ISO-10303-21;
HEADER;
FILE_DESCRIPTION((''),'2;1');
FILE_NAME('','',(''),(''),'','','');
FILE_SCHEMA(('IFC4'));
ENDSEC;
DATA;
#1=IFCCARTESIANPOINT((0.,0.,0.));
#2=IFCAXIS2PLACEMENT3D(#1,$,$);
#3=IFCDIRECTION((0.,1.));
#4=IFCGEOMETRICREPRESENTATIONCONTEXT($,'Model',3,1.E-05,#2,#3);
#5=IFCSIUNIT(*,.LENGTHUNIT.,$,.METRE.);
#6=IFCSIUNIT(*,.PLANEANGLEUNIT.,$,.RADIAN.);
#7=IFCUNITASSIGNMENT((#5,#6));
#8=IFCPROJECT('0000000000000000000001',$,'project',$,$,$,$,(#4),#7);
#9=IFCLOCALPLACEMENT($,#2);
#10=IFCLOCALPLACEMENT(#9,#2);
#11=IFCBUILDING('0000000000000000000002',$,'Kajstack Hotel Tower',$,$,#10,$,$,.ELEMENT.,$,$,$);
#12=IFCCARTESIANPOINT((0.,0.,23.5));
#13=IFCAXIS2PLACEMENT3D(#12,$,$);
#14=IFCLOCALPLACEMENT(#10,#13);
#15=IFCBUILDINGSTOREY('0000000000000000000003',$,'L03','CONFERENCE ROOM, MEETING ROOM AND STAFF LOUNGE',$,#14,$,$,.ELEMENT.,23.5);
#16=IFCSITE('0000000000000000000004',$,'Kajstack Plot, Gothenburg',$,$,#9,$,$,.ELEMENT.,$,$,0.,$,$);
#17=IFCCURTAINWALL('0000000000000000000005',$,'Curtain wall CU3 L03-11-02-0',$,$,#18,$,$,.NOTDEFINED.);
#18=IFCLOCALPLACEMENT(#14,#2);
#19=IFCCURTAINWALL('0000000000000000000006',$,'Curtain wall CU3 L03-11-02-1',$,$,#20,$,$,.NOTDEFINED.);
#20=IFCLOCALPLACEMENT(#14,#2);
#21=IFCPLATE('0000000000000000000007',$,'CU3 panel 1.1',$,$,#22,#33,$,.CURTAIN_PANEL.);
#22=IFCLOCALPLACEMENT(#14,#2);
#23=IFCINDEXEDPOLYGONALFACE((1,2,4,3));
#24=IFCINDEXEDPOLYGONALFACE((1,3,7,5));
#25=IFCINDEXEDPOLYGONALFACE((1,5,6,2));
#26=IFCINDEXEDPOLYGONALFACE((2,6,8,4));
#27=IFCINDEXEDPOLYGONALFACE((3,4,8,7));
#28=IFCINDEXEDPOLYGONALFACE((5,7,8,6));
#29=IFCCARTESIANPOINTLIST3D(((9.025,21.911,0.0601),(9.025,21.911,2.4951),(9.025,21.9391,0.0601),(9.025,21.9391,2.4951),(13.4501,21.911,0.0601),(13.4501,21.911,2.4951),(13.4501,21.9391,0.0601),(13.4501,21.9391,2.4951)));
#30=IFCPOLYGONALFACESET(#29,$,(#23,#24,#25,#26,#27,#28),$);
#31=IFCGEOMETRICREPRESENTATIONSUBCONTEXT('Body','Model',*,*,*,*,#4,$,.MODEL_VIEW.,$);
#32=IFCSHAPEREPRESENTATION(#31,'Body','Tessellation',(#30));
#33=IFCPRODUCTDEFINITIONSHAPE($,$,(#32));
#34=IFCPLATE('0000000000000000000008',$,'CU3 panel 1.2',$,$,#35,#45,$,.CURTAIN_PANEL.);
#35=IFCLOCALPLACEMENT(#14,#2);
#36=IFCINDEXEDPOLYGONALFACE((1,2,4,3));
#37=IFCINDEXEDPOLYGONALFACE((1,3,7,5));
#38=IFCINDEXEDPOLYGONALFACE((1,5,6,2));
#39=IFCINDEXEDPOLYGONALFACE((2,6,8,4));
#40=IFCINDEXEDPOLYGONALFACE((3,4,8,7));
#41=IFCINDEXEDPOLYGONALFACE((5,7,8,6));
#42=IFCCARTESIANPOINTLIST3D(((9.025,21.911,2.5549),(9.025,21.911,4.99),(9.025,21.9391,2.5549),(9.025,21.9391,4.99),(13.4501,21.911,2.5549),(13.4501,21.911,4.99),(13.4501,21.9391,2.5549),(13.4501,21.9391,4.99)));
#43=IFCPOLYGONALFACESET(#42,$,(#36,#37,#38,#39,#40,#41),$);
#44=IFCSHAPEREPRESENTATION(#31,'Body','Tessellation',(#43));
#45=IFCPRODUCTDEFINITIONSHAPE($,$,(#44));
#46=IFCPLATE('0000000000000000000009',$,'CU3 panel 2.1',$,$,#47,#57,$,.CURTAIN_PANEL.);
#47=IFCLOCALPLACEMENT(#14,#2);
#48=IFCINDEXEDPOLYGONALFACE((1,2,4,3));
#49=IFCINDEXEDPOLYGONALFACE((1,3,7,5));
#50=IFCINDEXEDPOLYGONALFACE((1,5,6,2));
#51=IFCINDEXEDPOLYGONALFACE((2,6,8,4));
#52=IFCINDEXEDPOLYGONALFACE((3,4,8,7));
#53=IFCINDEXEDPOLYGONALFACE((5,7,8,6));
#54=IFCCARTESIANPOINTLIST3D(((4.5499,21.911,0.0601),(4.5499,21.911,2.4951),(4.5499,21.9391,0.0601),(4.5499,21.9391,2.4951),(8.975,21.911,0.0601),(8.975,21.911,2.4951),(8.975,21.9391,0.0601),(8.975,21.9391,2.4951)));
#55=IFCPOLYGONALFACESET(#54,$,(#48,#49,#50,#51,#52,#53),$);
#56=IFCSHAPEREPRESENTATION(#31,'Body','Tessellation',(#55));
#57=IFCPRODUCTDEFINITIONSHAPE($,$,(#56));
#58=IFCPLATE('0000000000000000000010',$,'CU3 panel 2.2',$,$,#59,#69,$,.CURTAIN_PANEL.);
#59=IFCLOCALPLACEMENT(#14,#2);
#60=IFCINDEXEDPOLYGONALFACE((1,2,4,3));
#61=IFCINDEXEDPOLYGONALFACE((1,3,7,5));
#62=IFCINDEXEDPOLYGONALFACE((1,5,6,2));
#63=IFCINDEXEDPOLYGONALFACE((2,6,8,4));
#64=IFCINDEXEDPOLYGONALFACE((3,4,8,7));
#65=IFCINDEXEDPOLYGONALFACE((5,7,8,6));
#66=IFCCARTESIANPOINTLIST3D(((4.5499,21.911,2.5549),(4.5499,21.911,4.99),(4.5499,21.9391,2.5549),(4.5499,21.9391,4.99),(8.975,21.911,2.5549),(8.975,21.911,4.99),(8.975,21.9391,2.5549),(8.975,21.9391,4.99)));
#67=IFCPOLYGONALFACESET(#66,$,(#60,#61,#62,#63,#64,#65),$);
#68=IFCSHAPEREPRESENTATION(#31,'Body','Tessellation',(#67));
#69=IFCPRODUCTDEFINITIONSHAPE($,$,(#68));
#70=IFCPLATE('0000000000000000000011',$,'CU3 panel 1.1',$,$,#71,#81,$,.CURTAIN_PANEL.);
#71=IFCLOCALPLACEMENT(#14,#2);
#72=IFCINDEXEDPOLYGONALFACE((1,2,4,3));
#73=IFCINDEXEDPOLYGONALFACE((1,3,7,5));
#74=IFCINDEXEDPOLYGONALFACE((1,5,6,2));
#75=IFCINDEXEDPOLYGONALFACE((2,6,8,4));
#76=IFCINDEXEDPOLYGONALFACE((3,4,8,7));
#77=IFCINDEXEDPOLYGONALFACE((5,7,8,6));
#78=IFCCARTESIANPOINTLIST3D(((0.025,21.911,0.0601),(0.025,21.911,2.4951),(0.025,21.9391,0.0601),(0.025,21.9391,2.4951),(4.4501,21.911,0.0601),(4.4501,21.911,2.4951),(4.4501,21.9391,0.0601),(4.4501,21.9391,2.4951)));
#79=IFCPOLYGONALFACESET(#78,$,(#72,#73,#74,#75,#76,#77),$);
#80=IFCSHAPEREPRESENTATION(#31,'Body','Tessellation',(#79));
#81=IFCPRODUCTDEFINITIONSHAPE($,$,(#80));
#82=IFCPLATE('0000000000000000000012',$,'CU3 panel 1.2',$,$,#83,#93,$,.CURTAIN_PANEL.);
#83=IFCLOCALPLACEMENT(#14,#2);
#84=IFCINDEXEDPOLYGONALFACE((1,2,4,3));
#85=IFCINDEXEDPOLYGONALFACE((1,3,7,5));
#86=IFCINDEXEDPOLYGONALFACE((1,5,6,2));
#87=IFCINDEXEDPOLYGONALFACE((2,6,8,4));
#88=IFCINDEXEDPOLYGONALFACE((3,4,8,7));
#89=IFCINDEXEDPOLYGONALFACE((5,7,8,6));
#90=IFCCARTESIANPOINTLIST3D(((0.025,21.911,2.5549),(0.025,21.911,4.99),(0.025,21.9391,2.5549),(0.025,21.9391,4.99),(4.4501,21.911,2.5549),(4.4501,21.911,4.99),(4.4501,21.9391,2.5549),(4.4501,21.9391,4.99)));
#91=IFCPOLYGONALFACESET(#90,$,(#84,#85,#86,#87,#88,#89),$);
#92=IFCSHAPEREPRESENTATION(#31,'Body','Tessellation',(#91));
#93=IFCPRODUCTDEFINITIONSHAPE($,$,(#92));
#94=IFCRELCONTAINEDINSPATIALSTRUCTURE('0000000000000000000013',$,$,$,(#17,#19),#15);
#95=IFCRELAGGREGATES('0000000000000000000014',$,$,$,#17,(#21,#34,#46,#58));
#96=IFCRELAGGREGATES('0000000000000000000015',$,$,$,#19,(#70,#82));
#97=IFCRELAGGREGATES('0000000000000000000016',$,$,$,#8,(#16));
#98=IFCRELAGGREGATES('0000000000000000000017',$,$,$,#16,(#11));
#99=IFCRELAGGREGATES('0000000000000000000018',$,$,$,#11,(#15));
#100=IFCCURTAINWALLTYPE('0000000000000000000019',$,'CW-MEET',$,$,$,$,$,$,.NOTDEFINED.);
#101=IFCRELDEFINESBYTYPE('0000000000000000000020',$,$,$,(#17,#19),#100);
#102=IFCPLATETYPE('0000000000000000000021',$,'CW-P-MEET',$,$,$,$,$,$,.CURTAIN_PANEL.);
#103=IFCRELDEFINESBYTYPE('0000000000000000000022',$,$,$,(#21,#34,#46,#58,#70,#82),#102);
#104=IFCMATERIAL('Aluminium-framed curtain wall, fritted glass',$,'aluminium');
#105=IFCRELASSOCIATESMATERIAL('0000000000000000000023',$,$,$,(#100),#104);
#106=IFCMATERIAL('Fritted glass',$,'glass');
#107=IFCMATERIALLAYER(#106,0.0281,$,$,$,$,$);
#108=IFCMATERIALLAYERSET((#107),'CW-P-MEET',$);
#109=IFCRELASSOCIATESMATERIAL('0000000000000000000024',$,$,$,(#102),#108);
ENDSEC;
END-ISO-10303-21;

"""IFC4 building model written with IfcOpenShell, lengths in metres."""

from ifc_helpers import new_model, si_unit, direction, frame, origin, origin_2d, place, context, subcontext, project, spatial, rectangle, extrude, material, layer, layer_set, type_object, element, aggregate, save


model = new_model("IFC4")

# Units and contexts
model_context = context("Model", 3, precision=1e-05, world=origin(), true_north=direction((0.0, 1.0)))
body_context = subcontext(model_context, "Body", "Model", "MODEL_VIEW")
ifc_project = project(units=[si_unit("LENGTHUNIT", "METRE"), si_unit("PLANEANGLEUNIT", "RADIAN")], contexts=[model_context])

# Site, building, storey
site_placement = place(None, origin())
site = spatial("IfcSite", under=ifc_project, at=site_placement, Name="Kajstack Plot, Gothenburg", CompositionType="ELEMENT", RefElevation=0.0)
building_placement = place(site_placement, origin())
building = spatial("IfcBuilding", under=site, at=building_placement, Name="Kajstack Hotel Tower", CompositionType="ELEMENT")
storey_placement = place(building_placement, frame((0.0, 0.0, 23.5)))
storey = spatial("IfcBuildingStorey", under=building, at=storey_placement, Name="L03", Description="CONFERENCE ROOM, MEETING ROOM AND STAFF LOUNGE", CompositionType="ELEMENT", Elevation=23.5)

# Curtain wall
ifc_material_1 = material(Name="Aluminium-framed curtain wall, fritted glass", Category="aluminium")
curtain_wall_type = type_object("IfcCurtainWallType", Name="CW-MEET", PredefinedType="NOTDEFINED", material=ifc_material_1)
curtain_wall_1_placement = place(storey_placement, origin())
curtain_wall_1 = element("IfcCurtainWall", 1, at=curtain_wall_1_placement, inside=storey, type_object=curtain_wall_type, Name="Curtain wall CU3 L03-11-02-0", PredefinedType="NOTDEFINED")

# Curtain wall
curtain_wall_2_placement = place(storey_placement, origin())
curtain_wall_2 = element("IfcCurtainWall", 2, at=curtain_wall_2_placement, inside=storey, type_object=curtain_wall_type, Name="Curtain wall CU3 L03-11-02-1", PredefinedType="NOTDEFINED")

# Plates
ifc_material_2 = material(Name="Fritted glass", Category="glass")
ifc_layer = layer(ifc_material_2, 0.0281)
ifc_layer_set = layer_set([ifc_layer], Name="CW-P-MEET")
plate_type = type_object("IfcPlateType", Name="CW-P-MEET", PredefinedType="CURTAIN_PANEL", material=ifc_layer_set)
plate_1_placement = place(storey_placement, frame((11.2375, 21.925, 0.0601), z_axis=(0.0, 0.0, 1.0), x_axis=(-1.0, 0.0, 0.0)))
plate_1 = element("IfcPlate", 3, at=plate_1_placement, type_object=plate_type, Name="CU3 panel 1.1", PredefinedType="CURTAIN_PANEL", context=body_context, shape_type="SweptSolid", body=[
    extrude(rectangle(XDim=4.425, YDim=0.0281, at=origin_2d()), origin(), (0.0, 0.0, 1.0), 2.4351),
])
plate_2_placement = place(storey_placement, frame((11.2375, 21.925, 2.5549), z_axis=(0.0, 0.0, 1.0), x_axis=(-1.0, 0.0, 0.0)))
plate_2 = element("IfcPlate", 4, at=plate_2_placement, type_object=plate_type, Name="CU3 panel 1.2", PredefinedType="CURTAIN_PANEL", context=body_context, shape_type="SweptSolid", body=[
    extrude(rectangle(XDim=4.425, YDim=0.0281, at=origin_2d()), origin(), (0.0, 0.0, 1.0), 2.4351),
])
plate_3_placement = place(storey_placement, frame((6.7625, 21.925, 0.0601), z_axis=(0.0, 0.0, 1.0), x_axis=(-1.0, 0.0, 0.0)))
plate_3 = element("IfcPlate", 5, at=plate_3_placement, type_object=plate_type, Name="CU3 panel 2.1", PredefinedType="CURTAIN_PANEL", context=body_context, shape_type="SweptSolid", body=[
    extrude(rectangle(XDim=4.425, YDim=0.0281, at=origin_2d()), origin(), (0.0, 0.0, 1.0), 2.4351),
])
plate_4_placement = place(storey_placement, frame((6.7625, 21.925, 2.5549), z_axis=(0.0, 0.0, 1.0), x_axis=(-1.0, 0.0, 0.0)))
plate_4 = element("IfcPlate", 6, at=plate_4_placement, type_object=plate_type, Name="CU3 panel 2.2", PredefinedType="CURTAIN_PANEL", context=body_context, shape_type="SweptSolid", body=[
    extrude(rectangle(XDim=4.425, YDim=0.0281, at=origin_2d()), origin(), (0.0, 0.0, 1.0), 2.4351),
])
aggregate(curtain_wall_1, [plate_1, plate_2, plate_3, plate_4])
plate_5_placement = place(storey_placement, frame((2.2375, 21.925, 0.0601), z_axis=(0.0, 0.0, 1.0), x_axis=(-1.0, 0.0, 0.0)))
plate_5 = element("IfcPlate", 7, at=plate_5_placement, type_object=plate_type, Name="CU3 panel 1.1", PredefinedType="CURTAIN_PANEL", context=body_context, shape_type="SweptSolid", body=[
    extrude(rectangle(XDim=4.425, YDim=0.0281, at=origin_2d()), origin(), (0.0, 0.0, 1.0), 2.4351),
])
plate_6_placement = place(storey_placement, frame((2.2375, 21.925, 2.5549), z_axis=(0.0, 0.0, 1.0), x_axis=(-1.0, 0.0, 0.0)))
plate_6 = element("IfcPlate", 8, at=plate_6_placement, type_object=plate_type, Name="CU3 panel 1.2", PredefinedType="CURTAIN_PANEL", context=body_context, shape_type="SweptSolid", body=[
    extrude(rectangle(XDim=4.425, YDim=0.0281, at=origin_2d()), origin(), (0.0, 0.0, 1.0), 2.4351),
])
aggregate(curtain_wall_2, [plate_5, plate_6])

save(model, "model.ifc")
